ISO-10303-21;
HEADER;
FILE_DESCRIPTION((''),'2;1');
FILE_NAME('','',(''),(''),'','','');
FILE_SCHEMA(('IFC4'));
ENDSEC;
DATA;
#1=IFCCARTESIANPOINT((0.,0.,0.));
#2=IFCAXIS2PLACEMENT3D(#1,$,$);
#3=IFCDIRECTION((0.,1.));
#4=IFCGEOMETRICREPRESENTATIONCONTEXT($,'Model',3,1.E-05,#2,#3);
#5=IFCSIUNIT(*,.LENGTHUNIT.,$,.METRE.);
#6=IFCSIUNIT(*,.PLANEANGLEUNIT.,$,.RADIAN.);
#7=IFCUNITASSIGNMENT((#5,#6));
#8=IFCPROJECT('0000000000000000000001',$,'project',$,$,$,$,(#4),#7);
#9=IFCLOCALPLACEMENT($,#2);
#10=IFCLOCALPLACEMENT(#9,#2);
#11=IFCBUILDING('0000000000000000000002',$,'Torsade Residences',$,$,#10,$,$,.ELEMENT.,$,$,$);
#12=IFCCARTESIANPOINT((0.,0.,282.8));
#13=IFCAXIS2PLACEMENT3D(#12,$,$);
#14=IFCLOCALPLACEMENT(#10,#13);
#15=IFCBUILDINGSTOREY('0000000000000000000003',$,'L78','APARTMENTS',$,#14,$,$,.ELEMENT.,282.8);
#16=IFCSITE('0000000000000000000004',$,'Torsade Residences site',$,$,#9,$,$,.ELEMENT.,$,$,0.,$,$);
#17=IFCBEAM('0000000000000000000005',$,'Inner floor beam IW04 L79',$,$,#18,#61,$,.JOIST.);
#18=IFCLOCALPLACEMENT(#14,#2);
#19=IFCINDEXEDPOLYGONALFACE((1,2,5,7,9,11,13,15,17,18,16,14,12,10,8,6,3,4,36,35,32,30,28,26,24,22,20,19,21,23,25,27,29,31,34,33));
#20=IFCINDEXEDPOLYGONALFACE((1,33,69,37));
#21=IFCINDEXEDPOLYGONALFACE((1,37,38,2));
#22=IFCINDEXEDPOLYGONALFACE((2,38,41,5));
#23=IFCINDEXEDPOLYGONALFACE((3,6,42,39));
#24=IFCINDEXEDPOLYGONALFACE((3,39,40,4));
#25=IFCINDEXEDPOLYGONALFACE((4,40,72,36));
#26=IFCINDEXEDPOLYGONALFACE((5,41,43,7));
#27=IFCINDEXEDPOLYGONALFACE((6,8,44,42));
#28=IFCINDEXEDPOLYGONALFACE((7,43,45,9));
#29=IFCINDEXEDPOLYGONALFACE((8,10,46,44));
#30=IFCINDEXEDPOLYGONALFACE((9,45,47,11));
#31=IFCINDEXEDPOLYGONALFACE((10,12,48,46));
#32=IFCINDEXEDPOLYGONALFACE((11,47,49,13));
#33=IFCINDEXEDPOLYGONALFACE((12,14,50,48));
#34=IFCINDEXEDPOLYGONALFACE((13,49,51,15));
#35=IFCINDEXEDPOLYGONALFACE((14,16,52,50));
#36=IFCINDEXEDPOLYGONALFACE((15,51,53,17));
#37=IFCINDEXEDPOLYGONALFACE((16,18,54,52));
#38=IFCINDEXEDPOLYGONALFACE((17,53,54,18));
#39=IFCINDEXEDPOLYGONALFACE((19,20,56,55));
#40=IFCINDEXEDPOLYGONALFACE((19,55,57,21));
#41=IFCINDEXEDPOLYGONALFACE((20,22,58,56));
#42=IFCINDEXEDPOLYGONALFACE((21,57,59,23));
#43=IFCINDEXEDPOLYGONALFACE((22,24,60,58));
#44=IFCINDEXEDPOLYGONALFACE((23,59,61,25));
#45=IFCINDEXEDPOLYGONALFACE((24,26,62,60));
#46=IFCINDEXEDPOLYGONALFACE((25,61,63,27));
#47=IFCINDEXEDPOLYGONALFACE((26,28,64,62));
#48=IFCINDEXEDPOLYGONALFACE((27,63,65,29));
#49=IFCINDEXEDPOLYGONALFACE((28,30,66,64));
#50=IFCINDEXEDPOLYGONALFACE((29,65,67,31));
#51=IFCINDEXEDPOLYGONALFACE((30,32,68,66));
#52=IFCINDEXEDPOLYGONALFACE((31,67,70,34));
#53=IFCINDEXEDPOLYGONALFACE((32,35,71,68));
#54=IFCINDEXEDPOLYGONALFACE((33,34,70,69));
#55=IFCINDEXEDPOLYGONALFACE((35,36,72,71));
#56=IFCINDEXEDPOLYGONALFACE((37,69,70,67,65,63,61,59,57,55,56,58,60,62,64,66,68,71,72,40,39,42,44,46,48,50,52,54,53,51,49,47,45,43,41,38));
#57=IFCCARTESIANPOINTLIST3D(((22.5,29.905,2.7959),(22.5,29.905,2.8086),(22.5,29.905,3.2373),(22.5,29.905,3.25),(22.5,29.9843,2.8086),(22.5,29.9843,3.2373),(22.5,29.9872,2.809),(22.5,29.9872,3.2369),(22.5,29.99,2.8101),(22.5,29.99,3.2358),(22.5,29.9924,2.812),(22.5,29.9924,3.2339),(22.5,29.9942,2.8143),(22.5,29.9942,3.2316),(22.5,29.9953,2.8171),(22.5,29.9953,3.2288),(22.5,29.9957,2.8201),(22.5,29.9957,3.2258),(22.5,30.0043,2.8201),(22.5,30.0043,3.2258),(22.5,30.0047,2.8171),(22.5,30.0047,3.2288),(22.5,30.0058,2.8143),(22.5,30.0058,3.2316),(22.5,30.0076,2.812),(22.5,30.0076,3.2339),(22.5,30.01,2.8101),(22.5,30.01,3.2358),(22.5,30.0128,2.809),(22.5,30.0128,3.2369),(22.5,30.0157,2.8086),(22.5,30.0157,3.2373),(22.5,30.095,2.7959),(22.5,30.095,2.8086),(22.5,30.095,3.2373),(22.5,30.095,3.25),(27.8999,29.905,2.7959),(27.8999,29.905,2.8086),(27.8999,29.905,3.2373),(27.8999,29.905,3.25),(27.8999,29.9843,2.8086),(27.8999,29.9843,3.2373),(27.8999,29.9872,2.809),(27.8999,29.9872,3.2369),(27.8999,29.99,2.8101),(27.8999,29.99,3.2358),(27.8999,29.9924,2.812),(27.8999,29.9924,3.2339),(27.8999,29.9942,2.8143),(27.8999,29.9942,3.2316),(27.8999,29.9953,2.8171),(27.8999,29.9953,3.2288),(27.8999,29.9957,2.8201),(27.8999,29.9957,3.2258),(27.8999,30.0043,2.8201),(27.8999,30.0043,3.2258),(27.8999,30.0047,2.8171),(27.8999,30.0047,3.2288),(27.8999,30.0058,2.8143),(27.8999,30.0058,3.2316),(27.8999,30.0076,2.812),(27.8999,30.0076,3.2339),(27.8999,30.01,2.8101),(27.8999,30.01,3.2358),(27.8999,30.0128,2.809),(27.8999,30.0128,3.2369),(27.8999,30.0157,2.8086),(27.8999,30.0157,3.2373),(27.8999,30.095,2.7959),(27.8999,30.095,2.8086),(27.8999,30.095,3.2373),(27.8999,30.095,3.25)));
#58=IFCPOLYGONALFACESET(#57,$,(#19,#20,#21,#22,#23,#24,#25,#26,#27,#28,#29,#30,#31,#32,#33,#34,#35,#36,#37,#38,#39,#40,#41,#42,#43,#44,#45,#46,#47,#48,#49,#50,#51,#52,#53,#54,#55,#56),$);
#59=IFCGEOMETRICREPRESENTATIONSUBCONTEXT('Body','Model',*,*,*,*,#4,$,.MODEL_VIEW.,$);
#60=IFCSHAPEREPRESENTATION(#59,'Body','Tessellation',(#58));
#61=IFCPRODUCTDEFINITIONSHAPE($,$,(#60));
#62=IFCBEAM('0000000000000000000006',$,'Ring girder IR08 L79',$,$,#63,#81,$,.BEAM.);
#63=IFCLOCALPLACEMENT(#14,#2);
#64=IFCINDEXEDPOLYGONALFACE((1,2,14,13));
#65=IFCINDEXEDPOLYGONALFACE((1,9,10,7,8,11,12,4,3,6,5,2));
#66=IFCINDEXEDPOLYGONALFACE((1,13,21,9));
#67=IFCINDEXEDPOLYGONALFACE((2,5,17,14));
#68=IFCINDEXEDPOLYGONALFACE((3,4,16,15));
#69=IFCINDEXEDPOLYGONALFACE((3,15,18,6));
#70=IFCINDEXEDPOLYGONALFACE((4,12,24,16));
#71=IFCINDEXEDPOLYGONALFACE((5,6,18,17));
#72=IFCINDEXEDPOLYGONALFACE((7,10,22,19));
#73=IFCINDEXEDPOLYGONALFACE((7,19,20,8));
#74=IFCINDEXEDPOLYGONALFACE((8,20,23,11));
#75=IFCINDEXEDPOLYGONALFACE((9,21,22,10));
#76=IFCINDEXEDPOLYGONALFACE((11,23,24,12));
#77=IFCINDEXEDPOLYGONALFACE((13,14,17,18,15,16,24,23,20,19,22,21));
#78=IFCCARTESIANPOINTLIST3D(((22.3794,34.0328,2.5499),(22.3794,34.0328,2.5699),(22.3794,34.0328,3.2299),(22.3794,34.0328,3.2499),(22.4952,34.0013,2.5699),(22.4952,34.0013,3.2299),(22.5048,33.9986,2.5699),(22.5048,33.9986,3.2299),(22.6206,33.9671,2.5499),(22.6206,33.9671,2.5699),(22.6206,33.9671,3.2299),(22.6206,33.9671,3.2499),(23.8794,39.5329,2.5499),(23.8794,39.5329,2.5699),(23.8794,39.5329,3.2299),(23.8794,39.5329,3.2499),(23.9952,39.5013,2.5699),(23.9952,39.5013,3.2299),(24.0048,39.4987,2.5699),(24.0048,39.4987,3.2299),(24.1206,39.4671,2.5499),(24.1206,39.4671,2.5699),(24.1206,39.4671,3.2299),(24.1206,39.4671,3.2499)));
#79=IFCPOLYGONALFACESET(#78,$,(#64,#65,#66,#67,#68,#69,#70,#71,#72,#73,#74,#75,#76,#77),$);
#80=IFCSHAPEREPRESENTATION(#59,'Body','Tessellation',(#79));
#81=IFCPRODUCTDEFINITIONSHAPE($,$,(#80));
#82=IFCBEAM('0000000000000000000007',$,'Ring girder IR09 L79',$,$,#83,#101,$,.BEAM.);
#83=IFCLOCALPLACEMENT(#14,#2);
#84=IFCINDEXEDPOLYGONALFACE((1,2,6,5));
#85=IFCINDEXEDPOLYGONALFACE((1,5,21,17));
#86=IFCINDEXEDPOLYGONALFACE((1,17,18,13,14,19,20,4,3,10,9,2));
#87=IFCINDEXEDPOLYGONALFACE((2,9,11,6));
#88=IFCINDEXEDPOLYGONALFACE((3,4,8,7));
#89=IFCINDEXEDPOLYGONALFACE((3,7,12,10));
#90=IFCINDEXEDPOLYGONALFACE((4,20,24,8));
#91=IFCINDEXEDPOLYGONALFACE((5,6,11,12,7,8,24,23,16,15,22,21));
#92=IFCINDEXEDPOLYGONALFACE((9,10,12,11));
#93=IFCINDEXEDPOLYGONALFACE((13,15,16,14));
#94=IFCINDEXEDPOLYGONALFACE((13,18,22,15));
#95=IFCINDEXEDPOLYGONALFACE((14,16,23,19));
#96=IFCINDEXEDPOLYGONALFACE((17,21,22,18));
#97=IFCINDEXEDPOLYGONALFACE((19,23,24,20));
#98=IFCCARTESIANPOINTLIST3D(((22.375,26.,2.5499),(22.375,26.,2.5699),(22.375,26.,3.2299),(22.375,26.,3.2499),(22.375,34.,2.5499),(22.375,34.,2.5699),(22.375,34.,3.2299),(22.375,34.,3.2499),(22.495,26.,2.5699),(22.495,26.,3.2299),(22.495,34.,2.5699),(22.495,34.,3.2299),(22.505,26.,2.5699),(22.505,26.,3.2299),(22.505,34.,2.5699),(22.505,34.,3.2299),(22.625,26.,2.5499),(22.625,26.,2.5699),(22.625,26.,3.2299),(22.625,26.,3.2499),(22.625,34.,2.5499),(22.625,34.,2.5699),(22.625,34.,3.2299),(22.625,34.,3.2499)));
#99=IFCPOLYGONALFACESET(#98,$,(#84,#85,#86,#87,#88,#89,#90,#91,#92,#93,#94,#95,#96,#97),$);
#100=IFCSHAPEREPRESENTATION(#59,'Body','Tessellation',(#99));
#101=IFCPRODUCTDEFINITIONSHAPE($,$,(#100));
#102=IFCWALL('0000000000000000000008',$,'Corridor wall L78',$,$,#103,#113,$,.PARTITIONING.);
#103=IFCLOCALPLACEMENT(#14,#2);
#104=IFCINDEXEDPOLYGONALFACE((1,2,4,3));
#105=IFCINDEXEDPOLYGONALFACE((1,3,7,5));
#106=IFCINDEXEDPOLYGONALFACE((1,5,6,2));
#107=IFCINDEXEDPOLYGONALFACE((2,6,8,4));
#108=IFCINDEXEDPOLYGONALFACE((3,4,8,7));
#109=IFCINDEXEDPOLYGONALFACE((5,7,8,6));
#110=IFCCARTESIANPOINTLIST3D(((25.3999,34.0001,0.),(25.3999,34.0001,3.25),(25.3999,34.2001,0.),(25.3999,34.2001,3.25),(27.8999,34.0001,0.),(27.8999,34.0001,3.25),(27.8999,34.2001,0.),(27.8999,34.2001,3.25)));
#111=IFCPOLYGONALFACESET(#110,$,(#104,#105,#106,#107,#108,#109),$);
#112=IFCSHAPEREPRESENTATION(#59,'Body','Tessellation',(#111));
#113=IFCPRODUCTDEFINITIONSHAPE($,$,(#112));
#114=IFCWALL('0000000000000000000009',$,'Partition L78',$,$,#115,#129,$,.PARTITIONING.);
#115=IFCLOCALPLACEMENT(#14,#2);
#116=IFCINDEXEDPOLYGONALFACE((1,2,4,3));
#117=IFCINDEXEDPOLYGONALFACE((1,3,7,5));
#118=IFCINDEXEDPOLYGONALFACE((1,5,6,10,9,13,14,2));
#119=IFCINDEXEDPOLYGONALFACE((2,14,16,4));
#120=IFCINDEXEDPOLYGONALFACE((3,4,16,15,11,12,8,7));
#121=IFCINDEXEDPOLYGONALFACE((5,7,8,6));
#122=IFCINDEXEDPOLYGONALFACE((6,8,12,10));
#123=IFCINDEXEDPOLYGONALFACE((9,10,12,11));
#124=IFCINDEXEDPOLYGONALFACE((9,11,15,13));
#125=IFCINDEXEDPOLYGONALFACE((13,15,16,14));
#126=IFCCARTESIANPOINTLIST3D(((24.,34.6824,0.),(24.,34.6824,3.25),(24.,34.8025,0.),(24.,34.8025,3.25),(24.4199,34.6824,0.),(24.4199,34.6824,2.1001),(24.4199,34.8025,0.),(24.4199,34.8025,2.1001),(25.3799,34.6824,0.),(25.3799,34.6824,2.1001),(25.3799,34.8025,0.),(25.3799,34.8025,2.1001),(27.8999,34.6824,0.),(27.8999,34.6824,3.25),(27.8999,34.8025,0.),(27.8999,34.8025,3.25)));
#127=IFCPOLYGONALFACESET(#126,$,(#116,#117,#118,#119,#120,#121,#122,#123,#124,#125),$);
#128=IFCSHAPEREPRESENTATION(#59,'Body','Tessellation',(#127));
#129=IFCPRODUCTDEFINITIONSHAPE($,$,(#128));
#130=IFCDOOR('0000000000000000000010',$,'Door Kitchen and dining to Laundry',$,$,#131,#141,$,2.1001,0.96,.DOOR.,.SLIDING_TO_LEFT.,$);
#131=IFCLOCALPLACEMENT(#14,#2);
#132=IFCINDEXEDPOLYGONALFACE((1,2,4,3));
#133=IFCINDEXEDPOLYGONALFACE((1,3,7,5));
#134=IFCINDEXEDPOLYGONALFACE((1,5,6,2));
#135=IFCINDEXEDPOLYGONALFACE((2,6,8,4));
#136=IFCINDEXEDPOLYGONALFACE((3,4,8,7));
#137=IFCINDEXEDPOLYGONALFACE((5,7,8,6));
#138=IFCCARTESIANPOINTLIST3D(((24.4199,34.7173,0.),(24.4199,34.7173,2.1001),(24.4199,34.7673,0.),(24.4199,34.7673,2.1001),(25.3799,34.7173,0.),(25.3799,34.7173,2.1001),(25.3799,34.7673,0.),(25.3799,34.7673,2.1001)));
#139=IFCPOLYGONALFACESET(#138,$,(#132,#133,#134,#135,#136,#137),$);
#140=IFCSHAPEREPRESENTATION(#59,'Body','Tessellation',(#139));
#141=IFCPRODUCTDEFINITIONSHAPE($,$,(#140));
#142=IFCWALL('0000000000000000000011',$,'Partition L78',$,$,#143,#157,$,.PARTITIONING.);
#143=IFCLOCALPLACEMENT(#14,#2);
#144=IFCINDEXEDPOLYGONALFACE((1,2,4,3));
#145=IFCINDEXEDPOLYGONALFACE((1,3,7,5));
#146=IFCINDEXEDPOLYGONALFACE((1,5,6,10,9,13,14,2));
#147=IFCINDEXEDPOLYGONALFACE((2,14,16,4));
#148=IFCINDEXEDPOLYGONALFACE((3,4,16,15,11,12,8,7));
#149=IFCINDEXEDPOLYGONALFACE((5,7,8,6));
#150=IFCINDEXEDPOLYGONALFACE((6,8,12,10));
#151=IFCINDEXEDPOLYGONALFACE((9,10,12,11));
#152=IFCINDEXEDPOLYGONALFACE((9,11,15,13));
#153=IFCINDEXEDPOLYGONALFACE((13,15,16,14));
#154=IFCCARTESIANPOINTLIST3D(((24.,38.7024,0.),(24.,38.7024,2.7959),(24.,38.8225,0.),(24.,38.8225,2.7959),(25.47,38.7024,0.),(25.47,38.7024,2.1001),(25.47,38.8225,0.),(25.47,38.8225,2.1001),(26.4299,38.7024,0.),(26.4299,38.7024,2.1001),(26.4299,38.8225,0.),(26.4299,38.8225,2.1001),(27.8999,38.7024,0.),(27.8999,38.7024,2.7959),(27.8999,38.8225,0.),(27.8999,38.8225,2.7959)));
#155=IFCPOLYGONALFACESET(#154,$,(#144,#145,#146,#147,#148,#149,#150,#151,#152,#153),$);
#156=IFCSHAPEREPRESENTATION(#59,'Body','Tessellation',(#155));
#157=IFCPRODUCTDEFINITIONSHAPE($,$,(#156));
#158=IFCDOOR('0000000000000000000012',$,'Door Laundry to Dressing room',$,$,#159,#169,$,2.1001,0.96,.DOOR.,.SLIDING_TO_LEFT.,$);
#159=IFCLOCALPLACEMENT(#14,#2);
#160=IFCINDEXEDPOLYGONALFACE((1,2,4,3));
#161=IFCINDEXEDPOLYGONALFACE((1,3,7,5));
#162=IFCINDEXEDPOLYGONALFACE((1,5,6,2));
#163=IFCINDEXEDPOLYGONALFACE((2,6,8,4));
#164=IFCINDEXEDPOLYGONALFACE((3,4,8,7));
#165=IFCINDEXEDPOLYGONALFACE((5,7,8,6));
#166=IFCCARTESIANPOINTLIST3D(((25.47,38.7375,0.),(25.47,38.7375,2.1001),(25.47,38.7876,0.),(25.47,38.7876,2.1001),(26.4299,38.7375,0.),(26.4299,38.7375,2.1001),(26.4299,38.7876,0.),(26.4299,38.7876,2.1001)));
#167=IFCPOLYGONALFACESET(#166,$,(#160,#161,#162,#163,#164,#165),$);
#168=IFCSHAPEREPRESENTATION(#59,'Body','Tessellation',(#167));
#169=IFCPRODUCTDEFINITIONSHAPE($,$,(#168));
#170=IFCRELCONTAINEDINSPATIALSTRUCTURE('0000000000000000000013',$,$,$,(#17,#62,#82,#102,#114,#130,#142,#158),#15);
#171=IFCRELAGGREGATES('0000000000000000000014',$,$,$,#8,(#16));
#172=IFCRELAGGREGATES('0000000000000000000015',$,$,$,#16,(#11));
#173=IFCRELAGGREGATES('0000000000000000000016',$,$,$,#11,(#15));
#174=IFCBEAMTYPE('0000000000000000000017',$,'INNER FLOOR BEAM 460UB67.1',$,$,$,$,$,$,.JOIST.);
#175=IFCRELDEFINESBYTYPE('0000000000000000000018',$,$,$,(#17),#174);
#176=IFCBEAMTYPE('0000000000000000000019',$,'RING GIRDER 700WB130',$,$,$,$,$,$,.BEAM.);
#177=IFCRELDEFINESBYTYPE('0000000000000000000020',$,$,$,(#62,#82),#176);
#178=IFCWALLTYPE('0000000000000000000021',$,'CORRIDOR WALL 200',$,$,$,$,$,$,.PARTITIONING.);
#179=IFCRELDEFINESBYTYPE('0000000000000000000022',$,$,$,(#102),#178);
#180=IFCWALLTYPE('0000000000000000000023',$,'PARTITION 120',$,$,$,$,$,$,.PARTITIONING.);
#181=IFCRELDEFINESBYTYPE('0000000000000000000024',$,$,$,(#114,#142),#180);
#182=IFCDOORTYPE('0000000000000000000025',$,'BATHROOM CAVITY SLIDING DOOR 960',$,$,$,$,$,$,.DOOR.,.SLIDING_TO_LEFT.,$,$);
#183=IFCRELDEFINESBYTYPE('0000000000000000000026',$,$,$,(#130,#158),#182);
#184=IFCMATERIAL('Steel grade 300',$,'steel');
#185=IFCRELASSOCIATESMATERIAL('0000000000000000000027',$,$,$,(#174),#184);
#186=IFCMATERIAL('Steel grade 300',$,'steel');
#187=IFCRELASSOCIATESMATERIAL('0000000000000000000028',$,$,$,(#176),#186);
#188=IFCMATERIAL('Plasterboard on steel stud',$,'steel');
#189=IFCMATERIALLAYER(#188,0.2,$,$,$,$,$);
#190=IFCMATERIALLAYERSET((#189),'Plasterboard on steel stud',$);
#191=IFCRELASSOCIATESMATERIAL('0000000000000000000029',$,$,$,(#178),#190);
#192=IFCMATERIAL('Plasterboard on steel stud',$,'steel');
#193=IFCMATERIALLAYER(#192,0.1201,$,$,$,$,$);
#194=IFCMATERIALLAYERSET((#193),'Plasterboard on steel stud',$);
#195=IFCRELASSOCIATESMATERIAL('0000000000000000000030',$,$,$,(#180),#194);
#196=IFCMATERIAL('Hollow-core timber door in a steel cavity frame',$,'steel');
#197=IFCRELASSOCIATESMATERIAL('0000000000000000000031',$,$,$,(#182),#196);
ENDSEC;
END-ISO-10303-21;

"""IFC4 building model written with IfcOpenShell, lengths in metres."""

from ifc_helpers import new_model, si_unit, direction, frame, frame_2d, origin, origin_2d, place, context, subcontext, project, spatial, rectangle, i_section, extrude, material, layer, layer_set, material_profile, profile_set, type_object, element, fill, save


model = new_model("IFC4")

# Units and contexts
model_context = context("Model", 3, precision=1e-05, world=origin(), true_north=direction((0.0, 1.0)))
body_context = subcontext(model_context, "Body", "Model", "MODEL_VIEW")
ifc_project = project(units=[si_unit("LENGTHUNIT", "METRE"), si_unit("PLANEANGLEUNIT", "RADIAN")], contexts=[model_context])

# Site, building, storey
site_placement = place(None, origin())
site = spatial("IfcSite", under=ifc_project, at=site_placement, Name="Torsade Residences site", CompositionType="ELEMENT", RefElevation=0.0)
building_placement = place(site_placement, origin())
building = spatial("IfcBuilding", under=site, at=building_placement, Name="Torsade Residences", CompositionType="ELEMENT")
storey_placement = place(building_placement, frame((0.0, 0.0, 282.8)))
storey = spatial("IfcBuildingStorey", under=building, at=storey_placement, Name="L78", Description="APARTMENTS", CompositionType="ELEMENT", Elevation=282.8)

# Beams
ifc_material_1 = material(Name="Steel grade 300", Category="steel")
ifc_material_profile_1 = material_profile(ifc_material_1, i_section(OverallWidth=0.1899, OverallDepth=0.4541, WebThickness=0.0085, FlangeThickness=0.0127, FilletRadius=0.0115, at=origin_2d()), Name="460UB67.1")
ifc_profile_set_1 = profile_set([ifc_material_profile_1], Name="Steel grade 300")
beam_type_1 = type_object("IfcBeamType", Name="INNER FLOOR BEAM 460UB67.1", PredefinedType="JOIST", material=ifc_profile_set_1)
for number, where, z_axis, x_axis, name in (
    (1, (27.8999, 30.0, 3.0229), (-1.0, 0.0, 0.0), (0.0, -1.0, 0.0), "Inner floor beam IW04 L79"),
):
    element("IfcBeam", number, at=place(storey_placement, frame(where, z_axis=z_axis, x_axis=x_axis)), inside=storey, type_object=beam_type_1, Name=name, PredefinedType="JOIST", context=body_context, shape_type="SweptSolid", body=[
        extrude(i_section(OverallWidth=0.1899, OverallDepth=0.4541, WebThickness=0.0085, FlangeThickness=0.0127, FilletRadius=0.0115, at=origin_2d()), origin(), (0.0, 0.0, 1.0), 5.3999),
    ])
ifc_material_2 = material(Name="Steel grade 300", Category="steel")
ifc_material_profile_2 = material_profile(ifc_material_2, i_section(OverallWidth=0.25, OverallDepth=0.7, WebThickness=0.01, FlangeThickness=0.02, at=origin_2d()), Name="700WB130")
ifc_profile_set_2 = profile_set([ifc_material_profile_2], Name="Steel grade 300")
beam_type_2 = type_object("IfcBeamType", Name="RING GIRDER 700WB130", PredefinedType="BEAM", material=ifc_profile_set_2)
beam_1_placement = place(storey_placement, frame((24.0, 39.5, 2.8999), z_axis=(-0.263117, -0.964764, 0.0), x_axis=(0.964764, -0.263117, 0.0)))
element("IfcBeam", 2, at=beam_1_placement, inside=storey, type_object=beam_type_2, Name="Ring girder IR08 L79", PredefinedType="BEAM", context=body_context, shape_type="SweptSolid", body=[
    extrude(i_section(OverallWidth=0.25, OverallDepth=0.7, WebThickness=0.01, FlangeThickness=0.02, at=origin_2d()), origin(), (0.0, 0.0, 1.0), 5.7009),
])
beam_2_placement = place(storey_placement, frame((22.5, 34.0, 2.8999), z_axis=(0.0, -1.0, 0.0), x_axis=(1.0, 0.0, 0.0)))
element("IfcBeam", 3, at=beam_2_placement, inside=storey, type_object=beam_type_2, Name="Ring girder IR09 L79", PredefinedType="BEAM", context=body_context, shape_type="SweptSolid", body=[
    extrude(i_section(OverallWidth=0.25, OverallDepth=0.7, WebThickness=0.01, FlangeThickness=0.02, at=origin_2d()), origin(), (0.0, 0.0, 1.0), 8.0),
])

# Wall
ifc_material_3 = material(Name="Plasterboard on steel stud", Category="steel")
ifc_layer_1 = layer(ifc_material_3, 0.2)
ifc_layer_set_1 = layer_set([ifc_layer_1], Name="Plasterboard on steel stud")
wall_type_1 = type_object("IfcWallType", Name="CORRIDOR WALL 200", PredefinedType="PARTITIONING", material=ifc_layer_set_1)
wall_1_placement = place(storey_placement, frame((27.8999, 34.1001, 0.0), z_axis=(0.0, 0.0, 1.0), x_axis=(-1.0, 0.0, 0.0)))
element("IfcWall", 4, at=wall_1_placement, inside=storey, type_object=wall_type_1, Name="Corridor wall L78", PredefinedType="PARTITIONING", context=body_context, shape_type="SweptSolid", body=[
    extrude(rectangle(XDim=2.5, YDim=0.2, at=frame_2d((1.25, 0.0))), origin(), (0.0, 0.0, 1.0), 3.25),
])

# Walls, openings, doors
ifc_material_4 = material(Name="Plasterboard on steel stud", Category="steel")
ifc_layer_2 = layer(ifc_material_4, 0.1201)
ifc_layer_set_2 = layer_set([ifc_layer_2], Name="Plasterboard on steel stud")
wall_type_2 = type_object("IfcWallType", Name="PARTITION 120", PredefinedType="PARTITIONING", material=ifc_layer_set_2)
wall_2_placement = place(storey_placement, frame((24.0, 34.7424, 0.0), z_axis=(0.0, 0.0, 1.0), x_axis=(1.0, 0.0, 0.0)))
wall_2 = element("IfcWall", 5, at=wall_2_placement, inside=storey, type_object=wall_type_2, Name="Partition L78", PredefinedType="PARTITIONING", context=body_context, shape_type="SweptSolid", body=[
    extrude(rectangle(XDim=3.8999, YDim=0.1201, at=frame_2d((1.95, 0.0))), origin(), (0.0, 0.0, 1.0), 3.25),
])
opening_1_placement = place(wall_2_placement, frame((0.4199, 0.0, 0.0)))
opening_1 = element("IfcOpeningElement", 6, at=opening_1_placement, cuts=wall_2, PredefinedType="OPENING", context=body_context, shape_type="SweptSolid", body=[
    extrude(rectangle(XDim=0.96, YDim=2.1001, at=frame_2d((0.48, 1.05))), frame((0.0, 0.0701, 0.0), z_axis=(0.0, -1.0, 0.0), x_axis=(1.0, 0.0, 0.0)), (0.0, 0.0, 1.0), 0.1401),
])
ifc_material_5 = material(Name="Hollow-core timber door in a steel cavity frame", Category="steel")
door_type = type_object("IfcDoorType", Name="BATHROOM CAVITY SLIDING DOOR 960", OperationType="SLIDING_TO_LEFT", PredefinedType="DOOR", material=ifc_material_5)
door_1_placement = place(opening_1_placement, origin())
door_1 = element("IfcDoor", 7, at=door_1_placement, inside=storey, type_object=door_type, Name="Door Kitchen and dining to Laundry", OperationType="SLIDING_TO_LEFT", OverallHeight=2.1001, OverallWidth=0.96, PredefinedType="DOOR", context=body_context, shape_type="SweptSolid", body=[
    extrude(rectangle(XDim=0.96, YDim=2.1001, at=frame_2d((0.48, 1.05))), frame((0.0, 0.0249, 0.0), z_axis=(0.0, -1.0, 0.0), x_axis=(1.0, 0.0, 0.0)), (0.0, 0.0, 1.0), 0.05),
])
fill(opening_1, door_1)
wall_3_placement = place(storey_placement, frame((27.8999, 38.7625, 0.0), z_axis=(0.0, 0.0, 1.0), x_axis=(-1.0, 0.0, 0.0)))
wall_3 = element("IfcWall", 8, at=wall_3_placement, inside=storey, type_object=wall_type_2, Name="Partition L78", PredefinedType="PARTITIONING", context=body_context, shape_type="SweptSolid", body=[
    extrude(rectangle(XDim=3.8999, YDim=0.1201, at=frame_2d((1.95, 0.0))), origin(), (0.0, 0.0, 1.0), 2.7959),
])
opening_2_placement = place(wall_3_placement, frame((1.47, 0.0, 0.0)))
opening_2 = element("IfcOpeningElement", 9, at=opening_2_placement, cuts=wall_3, PredefinedType="OPENING", context=body_context, shape_type="SweptSolid", body=[
    extrude(rectangle(XDim=0.96, YDim=2.1001, at=frame_2d((0.48, 1.05))), frame((0.0, 0.0701, 0.0), z_axis=(0.0, -1.0, 0.0), x_axis=(1.0, 0.0, 0.0)), (0.0, 0.0, 1.0), 0.1401),
])
door_2_placement = place(opening_2_placement, origin())
door_2 = element("IfcDoor", 10, at=door_2_placement, inside=storey, type_object=door_type, Name="Door Laundry to Dressing room", OperationType="SLIDING_TO_LEFT", OverallHeight=2.1001, OverallWidth=0.96, PredefinedType="DOOR", context=body_context, shape_type="SweptSolid", body=[
    extrude(rectangle(XDim=0.96, YDim=2.1001, at=frame_2d((0.48, 1.05))), frame((0.0, 0.0249, 0.0), z_axis=(0.0, -1.0, 0.0), x_axis=(1.0, 0.0, 0.0)), (0.0, 0.0, 1.0), 0.05),
])
fill(opening_2, door_2)

save(model, "model.ifc")
